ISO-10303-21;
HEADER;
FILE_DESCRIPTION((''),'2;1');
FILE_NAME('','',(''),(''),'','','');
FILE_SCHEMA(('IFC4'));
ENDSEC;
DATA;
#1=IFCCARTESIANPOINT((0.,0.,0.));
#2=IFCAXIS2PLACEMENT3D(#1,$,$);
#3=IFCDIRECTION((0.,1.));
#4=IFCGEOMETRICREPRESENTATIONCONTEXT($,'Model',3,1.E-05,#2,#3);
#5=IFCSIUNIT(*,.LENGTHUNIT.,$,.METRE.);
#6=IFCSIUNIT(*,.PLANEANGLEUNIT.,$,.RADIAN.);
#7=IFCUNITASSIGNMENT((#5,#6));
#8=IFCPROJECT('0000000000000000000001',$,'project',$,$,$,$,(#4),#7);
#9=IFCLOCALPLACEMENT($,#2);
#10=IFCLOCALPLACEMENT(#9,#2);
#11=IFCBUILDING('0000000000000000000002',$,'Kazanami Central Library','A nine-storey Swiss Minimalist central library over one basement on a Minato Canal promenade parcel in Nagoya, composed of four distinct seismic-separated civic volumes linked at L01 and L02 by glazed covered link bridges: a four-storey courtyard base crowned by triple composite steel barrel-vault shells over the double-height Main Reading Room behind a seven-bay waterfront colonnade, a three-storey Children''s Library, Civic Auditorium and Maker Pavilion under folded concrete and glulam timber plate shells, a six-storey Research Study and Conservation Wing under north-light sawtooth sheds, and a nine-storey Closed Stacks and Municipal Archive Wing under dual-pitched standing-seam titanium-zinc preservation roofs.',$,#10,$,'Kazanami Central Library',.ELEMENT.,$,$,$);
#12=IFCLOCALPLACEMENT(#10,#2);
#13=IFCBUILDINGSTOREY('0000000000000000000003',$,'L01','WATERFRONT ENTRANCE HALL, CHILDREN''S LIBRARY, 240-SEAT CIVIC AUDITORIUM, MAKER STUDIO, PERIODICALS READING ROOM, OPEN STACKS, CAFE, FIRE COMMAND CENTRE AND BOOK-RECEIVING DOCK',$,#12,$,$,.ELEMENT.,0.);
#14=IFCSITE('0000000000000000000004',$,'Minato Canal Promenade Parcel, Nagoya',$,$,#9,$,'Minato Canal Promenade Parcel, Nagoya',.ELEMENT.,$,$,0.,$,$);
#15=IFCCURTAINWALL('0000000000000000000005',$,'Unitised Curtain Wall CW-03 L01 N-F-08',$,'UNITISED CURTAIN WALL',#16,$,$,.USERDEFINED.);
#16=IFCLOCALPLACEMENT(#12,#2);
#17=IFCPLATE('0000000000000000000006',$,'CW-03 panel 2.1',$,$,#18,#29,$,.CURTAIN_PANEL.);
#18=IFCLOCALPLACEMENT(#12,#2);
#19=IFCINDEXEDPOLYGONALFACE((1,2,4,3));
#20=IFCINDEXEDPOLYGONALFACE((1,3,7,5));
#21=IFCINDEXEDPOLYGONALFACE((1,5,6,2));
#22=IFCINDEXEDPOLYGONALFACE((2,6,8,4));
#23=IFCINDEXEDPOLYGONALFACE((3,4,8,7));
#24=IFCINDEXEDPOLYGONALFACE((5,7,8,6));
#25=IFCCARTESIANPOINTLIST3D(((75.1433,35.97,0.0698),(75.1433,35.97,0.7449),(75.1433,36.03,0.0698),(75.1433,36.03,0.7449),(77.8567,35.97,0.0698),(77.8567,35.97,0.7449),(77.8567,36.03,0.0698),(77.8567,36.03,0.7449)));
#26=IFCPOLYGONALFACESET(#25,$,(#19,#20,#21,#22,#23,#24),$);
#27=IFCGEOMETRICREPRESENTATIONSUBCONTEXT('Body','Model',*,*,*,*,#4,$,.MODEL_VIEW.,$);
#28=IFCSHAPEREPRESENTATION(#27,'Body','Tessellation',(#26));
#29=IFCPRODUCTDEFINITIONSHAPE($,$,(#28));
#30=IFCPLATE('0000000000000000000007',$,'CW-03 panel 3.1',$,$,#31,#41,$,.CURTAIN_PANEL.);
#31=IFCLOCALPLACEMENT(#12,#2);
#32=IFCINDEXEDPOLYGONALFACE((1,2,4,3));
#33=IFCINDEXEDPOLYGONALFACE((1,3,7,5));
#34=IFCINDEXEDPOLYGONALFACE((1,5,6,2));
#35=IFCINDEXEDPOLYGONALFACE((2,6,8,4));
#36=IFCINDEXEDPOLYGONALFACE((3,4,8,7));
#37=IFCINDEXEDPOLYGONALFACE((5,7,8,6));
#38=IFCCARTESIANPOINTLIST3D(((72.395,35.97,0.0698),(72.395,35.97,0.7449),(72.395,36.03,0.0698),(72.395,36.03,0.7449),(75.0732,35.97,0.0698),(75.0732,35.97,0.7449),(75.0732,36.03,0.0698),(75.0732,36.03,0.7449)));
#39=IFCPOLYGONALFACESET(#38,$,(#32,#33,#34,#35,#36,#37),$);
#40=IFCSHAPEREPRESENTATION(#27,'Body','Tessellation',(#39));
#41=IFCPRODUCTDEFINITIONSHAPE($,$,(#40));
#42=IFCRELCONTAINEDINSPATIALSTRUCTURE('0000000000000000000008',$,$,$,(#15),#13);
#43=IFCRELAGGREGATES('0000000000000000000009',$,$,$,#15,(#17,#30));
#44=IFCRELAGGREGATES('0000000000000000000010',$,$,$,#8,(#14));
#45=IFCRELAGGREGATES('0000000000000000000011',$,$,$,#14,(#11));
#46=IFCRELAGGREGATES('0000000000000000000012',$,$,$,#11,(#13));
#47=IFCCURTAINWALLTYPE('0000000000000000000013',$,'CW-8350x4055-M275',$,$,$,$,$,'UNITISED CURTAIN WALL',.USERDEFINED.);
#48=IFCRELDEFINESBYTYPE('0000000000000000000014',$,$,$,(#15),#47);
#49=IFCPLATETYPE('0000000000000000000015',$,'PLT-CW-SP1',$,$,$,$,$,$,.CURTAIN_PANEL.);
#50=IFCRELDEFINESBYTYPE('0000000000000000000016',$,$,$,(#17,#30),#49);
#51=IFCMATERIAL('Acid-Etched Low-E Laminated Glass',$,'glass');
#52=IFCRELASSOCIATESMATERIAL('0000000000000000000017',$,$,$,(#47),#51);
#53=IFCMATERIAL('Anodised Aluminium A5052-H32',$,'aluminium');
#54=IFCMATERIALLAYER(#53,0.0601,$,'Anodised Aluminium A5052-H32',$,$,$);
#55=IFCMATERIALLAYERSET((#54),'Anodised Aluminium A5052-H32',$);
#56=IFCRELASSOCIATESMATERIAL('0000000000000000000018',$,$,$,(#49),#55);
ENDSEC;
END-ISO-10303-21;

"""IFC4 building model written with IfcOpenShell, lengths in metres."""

from ifc_helpers import new_model, si_unit, direction, frame, origin, origin_2d, place, context, subcontext, project, spatial, rectangle, extrude, material, layer, layer_set, type_object, element, aggregate, save


model = new_model("IFC4")

# Units and contexts
model_context = context("Model", 3, precision=1e-05, world=origin(), true_north=direction((0.0, 1.0)))
body_context = subcontext(model_context, "Body", "Model", "MODEL_VIEW")
ifc_project = project(units=[si_unit("LENGTHUNIT", "METRE"), si_unit("PLANEANGLEUNIT", "RADIAN")], contexts=[model_context])

# Site, building, storey
site_placement = place(None, origin())
site = spatial("IfcSite", under=ifc_project, at=site_placement, Name="Minato Canal Promenade Parcel, Nagoya", LongName="Minato Canal Promenade Parcel, Nagoya", CompositionType="ELEMENT", RefElevation=0.0)
building_placement = place(site_placement, origin())
building = spatial("IfcBuilding", under=site, at=building_placement, Name="Kazanami Central Library", Description="A nine-storey Swiss Minimalist central library over one basement on a Minato Canal promenade parcel in Nagoya, composed of four distinct seismic-separated civic volumes linked at L01 and L02 by glazed covered link bridges: a four-storey courtyard base crowned by triple composite steel barrel-vault shells over the double-height Main Reading Room behind a seven-bay waterfront colonnade, a three-storey Children's Library, Civic Auditorium and Maker Pavilion under folded concrete and glulam timber plate shells, a six-storey Research Study and Conservation Wing under north-light sawtooth sheds, and a nine-storey Closed Stacks and Municipal Archive Wing under dual-pitched standing-seam titanium-zinc preservation roofs.", LongName="Kazanami Central Library", CompositionType="ELEMENT")
storey_placement = place(building_placement, origin())
storey = spatial("IfcBuildingStorey", under=building, at=storey_placement, Name="L01", Description="WATERFRONT ENTRANCE HALL, CHILDREN'S LIBRARY, 240-SEAT CIVIC AUDITORIUM, MAKER STUDIO, PERIODICALS READING ROOM, OPEN STACKS, CAFE, FIRE COMMAND CENTRE AND BOOK-RECEIVING DOCK", CompositionType="ELEMENT", Elevation=0.0)

# Curtain wall
ifc_material_1 = material(Name="Acid-Etched Low-E Laminated Glass", Category="glass")
curtain_wall_type = type_object("IfcCurtainWallType", Name="CW-8350x4055-M275", ElementType="UNITISED CURTAIN WALL", PredefinedType="USERDEFINED", material=ifc_material_1)
curtain_wall_1_placement = place(storey_placement, origin())
curtain_wall_1 = element("IfcCurtainWall", 1, at=curtain_wall_1_placement, inside=storey, type_object=curtain_wall_type, Name="Unitised Curtain Wall CW-03 L01 N-F-08", ObjectType="UNITISED CURTAIN WALL", PredefinedType="USERDEFINED")

# Plates
ifc_material_2 = material(Name="Anodised Aluminium A5052-H32", Category="aluminium")
ifc_layer_1 = layer(ifc_material_2, 0.0601, Name="Anodised Aluminium A5052-H32")
ifc_layer_set_1 = layer_set([ifc_layer_1], Name="Anodised Aluminium A5052-H32")
plate_type_1 = type_object("IfcPlateType", Name="PLT-CW-SP1", PredefinedType="CURTAIN_PANEL", material=ifc_layer_set_1)
plate_1_placement = place(storey_placement, frame((76.5, 36.0, 0.0698), z_axis=(0.0, 0.0, 1.0), x_axis=(-1.0, 0.0, 0.0)))
plate_1 = element("IfcPlate", 2, at=plate_1_placement, type_object=plate_type_1, Name="CW-03 panel 2.1", PredefinedType="CURTAIN_PANEL", context=body_context, shape_type="SweptSolid", body=[
    extrude(rectangle(XDim=2.7134, YDim=0.0601, at=origin_2d()), origin(), (0.0, 0.0, 1.0), 0.675),
])
plate_2_placement = place(storey_placement, frame((73.7341, 36.0, 0.0698), z_axis=(0.0, 0.0, 1.0), x_axis=(-1.0, 0.0, 0.0)))
plate_2 = element("IfcPlate", 3, at=plate_2_placement, type_object=plate_type_1, Name="CW-03 panel 3.1", PredefinedType="CURTAIN_PANEL", context=body_context, shape_type="SweptSolid", body=[
    extrude(rectangle(XDim=2.6782, YDim=0.0601, at=origin_2d()), origin(), (0.0, 0.0, 1.0), 0.675),
])
aggregate(curtain_wall_1, [plate_1, plate_2])

save(model, "model.ifc")
